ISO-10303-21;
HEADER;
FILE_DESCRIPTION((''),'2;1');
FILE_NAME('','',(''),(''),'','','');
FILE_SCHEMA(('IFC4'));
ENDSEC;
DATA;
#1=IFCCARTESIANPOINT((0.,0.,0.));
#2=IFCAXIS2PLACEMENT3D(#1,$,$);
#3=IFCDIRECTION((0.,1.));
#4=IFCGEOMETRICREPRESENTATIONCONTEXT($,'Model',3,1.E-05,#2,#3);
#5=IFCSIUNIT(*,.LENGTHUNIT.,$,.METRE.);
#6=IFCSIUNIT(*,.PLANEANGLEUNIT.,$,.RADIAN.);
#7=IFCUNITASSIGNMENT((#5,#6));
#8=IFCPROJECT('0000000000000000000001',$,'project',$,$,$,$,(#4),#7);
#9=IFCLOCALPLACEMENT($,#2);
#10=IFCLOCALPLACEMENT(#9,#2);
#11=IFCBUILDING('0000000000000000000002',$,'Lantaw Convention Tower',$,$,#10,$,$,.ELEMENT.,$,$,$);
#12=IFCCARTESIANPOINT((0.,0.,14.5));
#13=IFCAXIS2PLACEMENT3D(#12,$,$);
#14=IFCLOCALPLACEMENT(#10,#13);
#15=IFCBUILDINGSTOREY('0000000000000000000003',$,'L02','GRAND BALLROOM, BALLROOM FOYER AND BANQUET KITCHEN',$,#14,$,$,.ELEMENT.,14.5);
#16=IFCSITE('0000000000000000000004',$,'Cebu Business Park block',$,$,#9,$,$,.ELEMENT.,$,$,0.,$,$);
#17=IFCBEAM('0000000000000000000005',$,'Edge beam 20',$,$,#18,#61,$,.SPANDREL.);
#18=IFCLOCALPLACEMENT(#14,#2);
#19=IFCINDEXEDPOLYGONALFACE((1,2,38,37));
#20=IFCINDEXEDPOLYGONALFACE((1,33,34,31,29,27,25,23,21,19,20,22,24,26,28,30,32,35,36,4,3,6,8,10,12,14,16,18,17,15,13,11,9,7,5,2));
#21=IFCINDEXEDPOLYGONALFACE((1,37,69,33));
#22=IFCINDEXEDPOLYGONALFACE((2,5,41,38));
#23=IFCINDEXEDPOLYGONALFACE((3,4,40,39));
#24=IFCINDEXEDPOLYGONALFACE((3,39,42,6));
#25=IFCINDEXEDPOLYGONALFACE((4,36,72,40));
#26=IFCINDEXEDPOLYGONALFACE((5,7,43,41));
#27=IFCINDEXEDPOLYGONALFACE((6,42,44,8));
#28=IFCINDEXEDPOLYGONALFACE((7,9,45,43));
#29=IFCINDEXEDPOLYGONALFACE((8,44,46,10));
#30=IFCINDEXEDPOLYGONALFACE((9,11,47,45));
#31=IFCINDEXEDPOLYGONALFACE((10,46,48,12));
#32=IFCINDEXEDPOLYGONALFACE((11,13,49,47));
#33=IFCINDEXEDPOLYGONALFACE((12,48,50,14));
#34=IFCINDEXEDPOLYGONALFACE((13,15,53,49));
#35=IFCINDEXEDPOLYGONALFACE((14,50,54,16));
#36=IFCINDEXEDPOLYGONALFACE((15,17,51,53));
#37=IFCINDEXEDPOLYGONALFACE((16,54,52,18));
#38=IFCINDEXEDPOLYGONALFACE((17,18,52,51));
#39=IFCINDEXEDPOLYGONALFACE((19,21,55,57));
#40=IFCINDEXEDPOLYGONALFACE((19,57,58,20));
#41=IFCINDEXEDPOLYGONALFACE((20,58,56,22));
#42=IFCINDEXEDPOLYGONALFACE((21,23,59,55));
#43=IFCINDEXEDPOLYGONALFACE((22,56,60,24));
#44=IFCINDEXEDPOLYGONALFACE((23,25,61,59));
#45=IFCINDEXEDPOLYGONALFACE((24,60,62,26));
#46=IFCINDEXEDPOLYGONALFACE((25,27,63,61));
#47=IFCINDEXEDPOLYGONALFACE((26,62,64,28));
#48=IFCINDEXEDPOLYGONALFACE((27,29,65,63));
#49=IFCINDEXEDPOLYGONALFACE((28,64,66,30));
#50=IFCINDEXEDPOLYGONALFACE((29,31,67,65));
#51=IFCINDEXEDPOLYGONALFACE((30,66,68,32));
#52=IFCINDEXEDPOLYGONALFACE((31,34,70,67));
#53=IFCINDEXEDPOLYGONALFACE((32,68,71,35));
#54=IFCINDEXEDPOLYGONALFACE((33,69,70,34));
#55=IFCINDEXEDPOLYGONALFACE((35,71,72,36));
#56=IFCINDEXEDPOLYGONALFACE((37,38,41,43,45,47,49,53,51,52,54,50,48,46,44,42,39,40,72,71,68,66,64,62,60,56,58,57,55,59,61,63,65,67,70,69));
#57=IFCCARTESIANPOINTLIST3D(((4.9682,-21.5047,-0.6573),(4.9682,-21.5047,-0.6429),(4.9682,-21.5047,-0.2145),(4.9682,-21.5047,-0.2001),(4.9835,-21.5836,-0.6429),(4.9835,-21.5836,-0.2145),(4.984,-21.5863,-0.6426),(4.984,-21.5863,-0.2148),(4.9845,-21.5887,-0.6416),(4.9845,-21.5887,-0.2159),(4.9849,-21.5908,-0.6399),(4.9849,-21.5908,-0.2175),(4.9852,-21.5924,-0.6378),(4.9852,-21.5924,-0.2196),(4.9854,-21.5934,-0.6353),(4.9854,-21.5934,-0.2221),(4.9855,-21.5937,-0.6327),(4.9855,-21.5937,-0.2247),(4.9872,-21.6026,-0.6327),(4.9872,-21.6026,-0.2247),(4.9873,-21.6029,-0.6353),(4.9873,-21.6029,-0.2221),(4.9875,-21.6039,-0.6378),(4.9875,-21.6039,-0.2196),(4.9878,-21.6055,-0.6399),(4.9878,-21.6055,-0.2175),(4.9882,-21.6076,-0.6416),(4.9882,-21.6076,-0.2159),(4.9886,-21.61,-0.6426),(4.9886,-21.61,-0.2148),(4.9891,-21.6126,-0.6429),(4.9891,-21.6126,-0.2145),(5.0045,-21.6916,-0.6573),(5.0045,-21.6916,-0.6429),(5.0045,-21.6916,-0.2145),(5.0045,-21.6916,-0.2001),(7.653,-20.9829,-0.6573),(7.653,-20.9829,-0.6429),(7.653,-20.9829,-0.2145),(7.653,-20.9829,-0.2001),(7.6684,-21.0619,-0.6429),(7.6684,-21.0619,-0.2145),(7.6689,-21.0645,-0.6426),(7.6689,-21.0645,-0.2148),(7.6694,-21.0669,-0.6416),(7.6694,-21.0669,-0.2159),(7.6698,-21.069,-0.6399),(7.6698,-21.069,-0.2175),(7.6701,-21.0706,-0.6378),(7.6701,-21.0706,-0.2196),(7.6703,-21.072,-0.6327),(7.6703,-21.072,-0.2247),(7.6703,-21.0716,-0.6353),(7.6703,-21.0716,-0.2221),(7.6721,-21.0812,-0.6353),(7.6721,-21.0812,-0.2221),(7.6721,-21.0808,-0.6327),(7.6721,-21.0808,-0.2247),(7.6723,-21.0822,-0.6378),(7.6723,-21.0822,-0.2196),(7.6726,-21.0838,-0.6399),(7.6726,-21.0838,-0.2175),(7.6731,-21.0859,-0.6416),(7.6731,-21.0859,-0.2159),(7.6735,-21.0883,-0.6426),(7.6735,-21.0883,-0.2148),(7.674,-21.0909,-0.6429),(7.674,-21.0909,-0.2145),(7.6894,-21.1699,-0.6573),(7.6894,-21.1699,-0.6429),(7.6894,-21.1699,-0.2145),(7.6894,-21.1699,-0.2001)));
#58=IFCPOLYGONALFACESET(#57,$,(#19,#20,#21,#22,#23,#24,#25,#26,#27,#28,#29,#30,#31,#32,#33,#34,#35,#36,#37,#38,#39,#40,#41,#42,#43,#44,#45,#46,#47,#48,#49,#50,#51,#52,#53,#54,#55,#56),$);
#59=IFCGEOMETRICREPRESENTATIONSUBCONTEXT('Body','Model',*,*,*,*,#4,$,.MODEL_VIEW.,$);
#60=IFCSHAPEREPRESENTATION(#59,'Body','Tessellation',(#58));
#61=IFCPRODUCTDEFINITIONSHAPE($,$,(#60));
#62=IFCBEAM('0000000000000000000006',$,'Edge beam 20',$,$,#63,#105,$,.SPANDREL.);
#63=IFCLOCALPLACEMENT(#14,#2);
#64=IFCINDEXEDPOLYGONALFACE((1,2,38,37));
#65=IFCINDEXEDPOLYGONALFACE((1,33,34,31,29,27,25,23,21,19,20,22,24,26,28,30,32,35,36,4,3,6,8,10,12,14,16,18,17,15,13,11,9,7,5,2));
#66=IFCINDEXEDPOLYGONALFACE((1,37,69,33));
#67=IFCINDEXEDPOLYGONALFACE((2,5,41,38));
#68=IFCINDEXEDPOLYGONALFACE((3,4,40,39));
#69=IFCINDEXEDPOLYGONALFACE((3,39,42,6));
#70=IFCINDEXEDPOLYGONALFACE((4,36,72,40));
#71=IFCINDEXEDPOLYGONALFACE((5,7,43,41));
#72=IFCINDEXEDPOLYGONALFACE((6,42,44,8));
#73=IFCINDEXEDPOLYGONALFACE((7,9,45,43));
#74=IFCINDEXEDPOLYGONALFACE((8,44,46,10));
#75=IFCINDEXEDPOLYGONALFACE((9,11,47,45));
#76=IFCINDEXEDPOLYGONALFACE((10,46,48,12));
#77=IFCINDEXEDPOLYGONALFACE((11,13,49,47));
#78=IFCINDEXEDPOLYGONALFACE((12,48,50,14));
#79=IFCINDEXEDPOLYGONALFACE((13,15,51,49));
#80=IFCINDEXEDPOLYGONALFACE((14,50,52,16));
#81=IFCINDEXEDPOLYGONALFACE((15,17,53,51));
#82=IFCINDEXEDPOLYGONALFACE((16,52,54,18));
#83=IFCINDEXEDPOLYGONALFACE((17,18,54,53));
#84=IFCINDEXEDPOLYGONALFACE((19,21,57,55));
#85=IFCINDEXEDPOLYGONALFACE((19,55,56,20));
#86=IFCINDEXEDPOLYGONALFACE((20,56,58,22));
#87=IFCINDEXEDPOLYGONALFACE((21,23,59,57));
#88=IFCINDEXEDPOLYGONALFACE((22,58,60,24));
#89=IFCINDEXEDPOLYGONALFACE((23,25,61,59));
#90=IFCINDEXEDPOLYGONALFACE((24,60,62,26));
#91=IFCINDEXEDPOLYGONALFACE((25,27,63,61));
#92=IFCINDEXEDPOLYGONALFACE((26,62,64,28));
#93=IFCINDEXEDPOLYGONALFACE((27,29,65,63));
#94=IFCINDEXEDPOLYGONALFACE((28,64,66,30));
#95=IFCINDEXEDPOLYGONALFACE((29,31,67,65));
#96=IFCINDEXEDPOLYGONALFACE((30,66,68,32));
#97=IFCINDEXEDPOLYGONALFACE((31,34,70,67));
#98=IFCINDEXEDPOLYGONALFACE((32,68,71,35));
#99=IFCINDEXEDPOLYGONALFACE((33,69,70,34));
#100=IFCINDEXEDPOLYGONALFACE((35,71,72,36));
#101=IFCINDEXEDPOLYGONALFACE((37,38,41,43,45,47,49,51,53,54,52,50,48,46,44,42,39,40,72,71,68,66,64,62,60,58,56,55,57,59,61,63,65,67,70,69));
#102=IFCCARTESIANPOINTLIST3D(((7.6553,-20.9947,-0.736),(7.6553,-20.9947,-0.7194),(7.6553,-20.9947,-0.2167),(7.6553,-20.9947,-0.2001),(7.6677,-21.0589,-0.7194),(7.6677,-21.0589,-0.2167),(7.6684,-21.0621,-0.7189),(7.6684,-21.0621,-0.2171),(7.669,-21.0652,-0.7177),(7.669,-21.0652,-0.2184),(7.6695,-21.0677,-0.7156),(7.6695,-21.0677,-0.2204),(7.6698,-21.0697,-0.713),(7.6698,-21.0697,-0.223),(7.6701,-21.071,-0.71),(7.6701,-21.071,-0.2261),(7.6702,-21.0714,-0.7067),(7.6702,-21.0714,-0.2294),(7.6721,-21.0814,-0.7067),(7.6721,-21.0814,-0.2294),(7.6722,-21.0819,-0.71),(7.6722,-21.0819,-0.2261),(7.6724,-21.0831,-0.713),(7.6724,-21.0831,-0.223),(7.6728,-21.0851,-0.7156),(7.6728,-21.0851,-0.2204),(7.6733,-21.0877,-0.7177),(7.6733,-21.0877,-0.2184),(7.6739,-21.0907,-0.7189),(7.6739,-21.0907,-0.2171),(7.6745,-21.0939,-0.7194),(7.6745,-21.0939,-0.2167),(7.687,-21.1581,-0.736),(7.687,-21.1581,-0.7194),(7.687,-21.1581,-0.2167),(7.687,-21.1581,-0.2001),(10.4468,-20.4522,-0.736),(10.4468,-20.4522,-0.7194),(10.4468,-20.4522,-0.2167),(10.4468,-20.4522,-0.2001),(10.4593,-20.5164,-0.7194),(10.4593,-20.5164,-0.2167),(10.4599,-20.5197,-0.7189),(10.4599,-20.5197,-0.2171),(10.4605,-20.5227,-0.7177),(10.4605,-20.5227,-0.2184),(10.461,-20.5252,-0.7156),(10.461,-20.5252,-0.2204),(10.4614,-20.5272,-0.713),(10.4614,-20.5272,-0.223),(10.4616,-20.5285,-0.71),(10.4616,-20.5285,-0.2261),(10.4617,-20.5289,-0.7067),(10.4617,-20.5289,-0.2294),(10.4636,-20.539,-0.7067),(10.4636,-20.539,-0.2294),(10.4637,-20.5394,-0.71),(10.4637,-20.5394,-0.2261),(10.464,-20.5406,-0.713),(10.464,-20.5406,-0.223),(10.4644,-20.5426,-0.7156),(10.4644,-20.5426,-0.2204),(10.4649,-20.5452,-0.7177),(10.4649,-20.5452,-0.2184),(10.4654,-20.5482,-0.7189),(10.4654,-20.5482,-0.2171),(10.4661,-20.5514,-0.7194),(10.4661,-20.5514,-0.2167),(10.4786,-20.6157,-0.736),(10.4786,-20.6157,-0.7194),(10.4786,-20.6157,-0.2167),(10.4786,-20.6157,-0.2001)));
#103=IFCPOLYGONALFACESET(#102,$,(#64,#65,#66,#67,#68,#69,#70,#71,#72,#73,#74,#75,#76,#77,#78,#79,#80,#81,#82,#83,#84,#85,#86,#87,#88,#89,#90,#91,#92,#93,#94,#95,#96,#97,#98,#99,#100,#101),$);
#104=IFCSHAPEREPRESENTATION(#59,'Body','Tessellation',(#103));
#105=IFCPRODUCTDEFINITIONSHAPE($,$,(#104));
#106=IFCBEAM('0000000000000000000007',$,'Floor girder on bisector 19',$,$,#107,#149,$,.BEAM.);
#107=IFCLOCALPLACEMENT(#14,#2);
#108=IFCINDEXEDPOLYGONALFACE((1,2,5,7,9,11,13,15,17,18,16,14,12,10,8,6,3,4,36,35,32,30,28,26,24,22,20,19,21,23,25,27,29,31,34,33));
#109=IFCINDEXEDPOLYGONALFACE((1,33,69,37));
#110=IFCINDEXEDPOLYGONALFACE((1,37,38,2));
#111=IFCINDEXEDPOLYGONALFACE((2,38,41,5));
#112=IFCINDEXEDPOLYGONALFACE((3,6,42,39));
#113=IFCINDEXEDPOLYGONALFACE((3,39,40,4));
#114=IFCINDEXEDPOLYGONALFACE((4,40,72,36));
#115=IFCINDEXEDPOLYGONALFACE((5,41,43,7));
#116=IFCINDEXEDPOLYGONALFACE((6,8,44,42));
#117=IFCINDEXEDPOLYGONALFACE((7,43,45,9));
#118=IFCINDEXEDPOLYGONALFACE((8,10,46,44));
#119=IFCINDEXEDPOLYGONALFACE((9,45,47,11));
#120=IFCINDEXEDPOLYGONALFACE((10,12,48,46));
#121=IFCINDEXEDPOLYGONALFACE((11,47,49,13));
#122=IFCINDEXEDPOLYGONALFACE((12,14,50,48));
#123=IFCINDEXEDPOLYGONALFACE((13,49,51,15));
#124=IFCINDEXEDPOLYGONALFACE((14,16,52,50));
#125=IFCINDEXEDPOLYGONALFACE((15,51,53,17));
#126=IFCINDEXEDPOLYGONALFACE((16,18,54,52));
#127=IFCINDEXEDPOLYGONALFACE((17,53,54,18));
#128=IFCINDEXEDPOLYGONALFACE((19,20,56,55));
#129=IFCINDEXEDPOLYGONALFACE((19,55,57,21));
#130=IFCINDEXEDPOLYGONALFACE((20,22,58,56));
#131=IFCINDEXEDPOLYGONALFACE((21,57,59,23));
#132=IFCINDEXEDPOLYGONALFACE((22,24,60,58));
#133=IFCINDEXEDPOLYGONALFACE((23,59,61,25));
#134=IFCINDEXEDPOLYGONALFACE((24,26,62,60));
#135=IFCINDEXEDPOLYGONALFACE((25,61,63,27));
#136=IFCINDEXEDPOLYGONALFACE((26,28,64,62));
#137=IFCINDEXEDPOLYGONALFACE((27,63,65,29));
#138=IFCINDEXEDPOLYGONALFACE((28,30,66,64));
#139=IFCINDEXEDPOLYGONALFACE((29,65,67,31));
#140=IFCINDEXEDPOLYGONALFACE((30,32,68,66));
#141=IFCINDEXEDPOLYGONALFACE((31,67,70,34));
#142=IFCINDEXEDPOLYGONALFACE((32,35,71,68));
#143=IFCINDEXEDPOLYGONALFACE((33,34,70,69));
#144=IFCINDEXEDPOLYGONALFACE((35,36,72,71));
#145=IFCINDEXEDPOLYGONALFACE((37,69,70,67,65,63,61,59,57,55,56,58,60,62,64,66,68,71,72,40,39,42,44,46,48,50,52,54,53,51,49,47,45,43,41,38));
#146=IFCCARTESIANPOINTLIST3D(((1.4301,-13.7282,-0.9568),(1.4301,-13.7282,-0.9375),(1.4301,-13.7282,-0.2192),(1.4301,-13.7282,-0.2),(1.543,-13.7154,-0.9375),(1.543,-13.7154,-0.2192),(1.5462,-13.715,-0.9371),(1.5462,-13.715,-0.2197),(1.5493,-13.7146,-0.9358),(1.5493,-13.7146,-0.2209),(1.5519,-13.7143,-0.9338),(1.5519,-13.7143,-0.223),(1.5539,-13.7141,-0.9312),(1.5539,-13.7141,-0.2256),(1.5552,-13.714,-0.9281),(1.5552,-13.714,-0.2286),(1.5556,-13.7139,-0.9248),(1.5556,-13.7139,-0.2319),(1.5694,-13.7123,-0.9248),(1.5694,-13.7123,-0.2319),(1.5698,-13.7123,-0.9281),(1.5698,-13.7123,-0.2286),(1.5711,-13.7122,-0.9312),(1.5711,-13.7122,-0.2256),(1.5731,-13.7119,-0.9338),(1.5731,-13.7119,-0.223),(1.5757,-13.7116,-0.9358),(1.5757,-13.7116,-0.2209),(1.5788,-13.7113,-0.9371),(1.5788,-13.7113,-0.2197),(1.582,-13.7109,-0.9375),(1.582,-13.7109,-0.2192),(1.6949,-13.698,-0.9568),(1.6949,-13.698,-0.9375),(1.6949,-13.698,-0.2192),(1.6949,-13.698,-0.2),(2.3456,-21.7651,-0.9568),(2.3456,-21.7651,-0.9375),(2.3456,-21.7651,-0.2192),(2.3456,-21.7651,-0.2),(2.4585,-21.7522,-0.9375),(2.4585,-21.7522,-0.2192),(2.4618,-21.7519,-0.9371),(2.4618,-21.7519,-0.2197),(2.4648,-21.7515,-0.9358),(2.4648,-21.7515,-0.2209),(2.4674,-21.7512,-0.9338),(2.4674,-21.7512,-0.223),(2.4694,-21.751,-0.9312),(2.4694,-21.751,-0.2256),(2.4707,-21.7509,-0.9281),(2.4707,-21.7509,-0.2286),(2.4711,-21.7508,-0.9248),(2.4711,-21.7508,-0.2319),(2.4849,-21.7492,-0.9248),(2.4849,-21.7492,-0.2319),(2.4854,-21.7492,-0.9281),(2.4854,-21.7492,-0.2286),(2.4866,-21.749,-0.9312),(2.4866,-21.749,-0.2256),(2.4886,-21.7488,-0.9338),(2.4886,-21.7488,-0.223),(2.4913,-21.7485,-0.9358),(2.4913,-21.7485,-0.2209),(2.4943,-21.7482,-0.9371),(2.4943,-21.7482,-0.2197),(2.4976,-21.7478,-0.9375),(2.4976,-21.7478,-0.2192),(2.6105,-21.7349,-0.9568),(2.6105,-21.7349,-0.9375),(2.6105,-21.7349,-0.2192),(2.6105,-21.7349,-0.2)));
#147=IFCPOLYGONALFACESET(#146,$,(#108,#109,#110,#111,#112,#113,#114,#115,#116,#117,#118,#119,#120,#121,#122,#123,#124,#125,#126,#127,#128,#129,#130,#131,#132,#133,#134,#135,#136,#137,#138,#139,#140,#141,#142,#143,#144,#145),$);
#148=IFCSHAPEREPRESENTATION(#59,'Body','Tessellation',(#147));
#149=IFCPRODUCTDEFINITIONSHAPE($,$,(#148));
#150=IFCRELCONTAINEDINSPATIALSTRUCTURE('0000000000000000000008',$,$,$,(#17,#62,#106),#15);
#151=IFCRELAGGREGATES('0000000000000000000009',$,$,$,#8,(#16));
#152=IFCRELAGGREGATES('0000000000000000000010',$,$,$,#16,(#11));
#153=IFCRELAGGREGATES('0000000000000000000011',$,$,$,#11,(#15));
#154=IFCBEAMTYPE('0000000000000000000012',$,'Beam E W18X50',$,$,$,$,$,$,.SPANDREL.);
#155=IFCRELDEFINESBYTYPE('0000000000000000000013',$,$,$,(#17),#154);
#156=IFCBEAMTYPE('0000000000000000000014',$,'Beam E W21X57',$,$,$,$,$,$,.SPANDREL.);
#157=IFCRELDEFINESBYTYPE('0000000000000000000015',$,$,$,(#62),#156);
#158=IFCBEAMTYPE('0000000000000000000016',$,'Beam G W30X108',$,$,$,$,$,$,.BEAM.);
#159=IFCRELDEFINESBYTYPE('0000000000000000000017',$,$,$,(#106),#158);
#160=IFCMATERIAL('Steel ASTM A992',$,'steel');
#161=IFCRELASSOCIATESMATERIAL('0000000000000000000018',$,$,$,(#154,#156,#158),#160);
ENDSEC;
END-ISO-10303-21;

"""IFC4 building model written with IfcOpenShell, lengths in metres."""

from ifc_helpers import new_model, si_unit, direction, frame, origin, origin_2d, place, context, subcontext, project, spatial, i_section, extrude, material, material_profile, profile_set, type_object, element, save


model = new_model("IFC4")

# Units and contexts
model_context = context("Model", 3, precision=1e-05, world=origin(), true_north=direction((0.0, 1.0)))
body_context = subcontext(model_context, "Body", "Model", "MODEL_VIEW")
ifc_project = project(units=[si_unit("LENGTHUNIT", "METRE"), si_unit("PLANEANGLEUNIT", "RADIAN")], contexts=[model_context])

# Site, building, storey
site_placement = place(None, origin())
site = spatial("IfcSite", under=ifc_project, at=site_placement, Name="Cebu Business Park block", CompositionType="ELEMENT", RefElevation=0.0)
building_placement = place(site_placement, origin())
building = spatial("IfcBuilding", under=site, at=building_placement, Name="Lantaw Convention Tower", CompositionType="ELEMENT")
storey_placement = place(building_placement, frame((0.0, 0.0, 14.5)))
storey = spatial("IfcBuildingStorey", under=building, at=storey_placement, Name="L02", Description="GRAND BALLROOM, BALLROOM FOYER AND BANQUET KITCHEN", CompositionType="ELEMENT", Elevation=14.5)

# Beams
ifc_material_1 = material(Name="Steel ASTM A992", Category="steel")
ifc_material_profile_1 = material_profile(ifc_material_1, i_section(OverallWidth=0.1904, OverallDepth=0.4573, WebThickness=0.009, FlangeThickness=0.0144, FilletRadius=0.0103, at=origin_2d()), Name="W18X50")
ifc_profile_set_1 = profile_set([ifc_material_profile_1], Name="Steel ASTM A992")
beam_type_1 = type_object("IfcBeamType", Name="Beam E W18X50", PredefinedType="SPANDREL", material=ifc_profile_set_1)
beam_1_placement = place(storey_placement, frame((4.9863, -21.5981, -0.4287), z_axis=(0.981637, 0.190757, 0.0), x_axis=(-0.190757, 0.981637, 0.0)))
element("IfcBeam", 1, at=beam_1_placement, inside=storey, type_object=beam_type_1, Name="Edge beam 20", PredefinedType="SPANDREL", context=body_context, shape_type="SweptSolid", body=[
    extrude(i_section(OverallWidth=0.1904, OverallDepth=0.4573, WebThickness=0.009, FlangeThickness=0.0144, FilletRadius=0.0103, at=origin_2d()), origin(), (0.0, 0.0, 1.0), 2.7351),
])
ifc_material_profile_2 = material_profile(ifc_material_1, i_section(OverallWidth=0.1665, OverallDepth=0.5359, WebThickness=0.0103, FlangeThickness=0.0166, FilletRadius=0.0127, at=origin_2d()), Name="W21X57")
ifc_profile_set_2 = profile_set([ifc_material_profile_2], Name="Steel ASTM A992")
beam_type_2 = type_object("IfcBeamType", Name="Beam E W21X57", PredefinedType="SPANDREL", material=ifc_profile_set_2)
beam_2_placement = place(storey_placement, frame((7.6711, -21.0764, -0.468), z_axis=(0.981636, 0.190764, 0.0), x_axis=(-0.190764, 0.981636, 0.0)))
element("IfcBeam", 2, at=beam_2_placement, inside=storey, type_object=beam_type_2, Name="Edge beam 20", PredefinedType="SPANDREL", context=body_context, shape_type="SweptSolid", body=[
    extrude(i_section(OverallWidth=0.1665, OverallDepth=0.5359, WebThickness=0.0103, FlangeThickness=0.0166, FilletRadius=0.0127, at=origin_2d()), origin(), (0.0, 0.0, 1.0), 2.8438),
])
ifc_material_profile_3 = material_profile(ifc_material_1, i_section(OverallWidth=0.2666, OverallDepth=0.7568, WebThickness=0.0139, FlangeThickness=0.0193, FilletRadius=0.0127, at=origin_2d()), Name="W30X108")
ifc_profile_set_3 = profile_set([ifc_material_profile_3], Name="Steel ASTM A992")
beam_type_3 = type_object("IfcBeamType", Name="Beam G W30X108", PredefinedType="BEAM", material=ifc_profile_set_3)
beam_3_placement = place(storey_placement, frame((1.5625, -13.7131, -0.5784), z_axis=(0.113184, -0.993574, 0.0), x_axis=(0.993574, 0.113184, 0.0)))
element("IfcBeam", 3, at=beam_3_placement, inside=storey, type_object=beam_type_3, Name="Floor girder on bisector 19", PredefinedType="BEAM", context=body_context, shape_type="SweptSolid", body=[
    extrude(i_section(OverallWidth=0.2666, OverallDepth=0.7568, WebThickness=0.0139, FlangeThickness=0.0193, FilletRadius=0.0127, at=origin_2d()), origin(), (0.0, 0.0, 1.0), 8.0889),
])

save(model, "model.ifc")
